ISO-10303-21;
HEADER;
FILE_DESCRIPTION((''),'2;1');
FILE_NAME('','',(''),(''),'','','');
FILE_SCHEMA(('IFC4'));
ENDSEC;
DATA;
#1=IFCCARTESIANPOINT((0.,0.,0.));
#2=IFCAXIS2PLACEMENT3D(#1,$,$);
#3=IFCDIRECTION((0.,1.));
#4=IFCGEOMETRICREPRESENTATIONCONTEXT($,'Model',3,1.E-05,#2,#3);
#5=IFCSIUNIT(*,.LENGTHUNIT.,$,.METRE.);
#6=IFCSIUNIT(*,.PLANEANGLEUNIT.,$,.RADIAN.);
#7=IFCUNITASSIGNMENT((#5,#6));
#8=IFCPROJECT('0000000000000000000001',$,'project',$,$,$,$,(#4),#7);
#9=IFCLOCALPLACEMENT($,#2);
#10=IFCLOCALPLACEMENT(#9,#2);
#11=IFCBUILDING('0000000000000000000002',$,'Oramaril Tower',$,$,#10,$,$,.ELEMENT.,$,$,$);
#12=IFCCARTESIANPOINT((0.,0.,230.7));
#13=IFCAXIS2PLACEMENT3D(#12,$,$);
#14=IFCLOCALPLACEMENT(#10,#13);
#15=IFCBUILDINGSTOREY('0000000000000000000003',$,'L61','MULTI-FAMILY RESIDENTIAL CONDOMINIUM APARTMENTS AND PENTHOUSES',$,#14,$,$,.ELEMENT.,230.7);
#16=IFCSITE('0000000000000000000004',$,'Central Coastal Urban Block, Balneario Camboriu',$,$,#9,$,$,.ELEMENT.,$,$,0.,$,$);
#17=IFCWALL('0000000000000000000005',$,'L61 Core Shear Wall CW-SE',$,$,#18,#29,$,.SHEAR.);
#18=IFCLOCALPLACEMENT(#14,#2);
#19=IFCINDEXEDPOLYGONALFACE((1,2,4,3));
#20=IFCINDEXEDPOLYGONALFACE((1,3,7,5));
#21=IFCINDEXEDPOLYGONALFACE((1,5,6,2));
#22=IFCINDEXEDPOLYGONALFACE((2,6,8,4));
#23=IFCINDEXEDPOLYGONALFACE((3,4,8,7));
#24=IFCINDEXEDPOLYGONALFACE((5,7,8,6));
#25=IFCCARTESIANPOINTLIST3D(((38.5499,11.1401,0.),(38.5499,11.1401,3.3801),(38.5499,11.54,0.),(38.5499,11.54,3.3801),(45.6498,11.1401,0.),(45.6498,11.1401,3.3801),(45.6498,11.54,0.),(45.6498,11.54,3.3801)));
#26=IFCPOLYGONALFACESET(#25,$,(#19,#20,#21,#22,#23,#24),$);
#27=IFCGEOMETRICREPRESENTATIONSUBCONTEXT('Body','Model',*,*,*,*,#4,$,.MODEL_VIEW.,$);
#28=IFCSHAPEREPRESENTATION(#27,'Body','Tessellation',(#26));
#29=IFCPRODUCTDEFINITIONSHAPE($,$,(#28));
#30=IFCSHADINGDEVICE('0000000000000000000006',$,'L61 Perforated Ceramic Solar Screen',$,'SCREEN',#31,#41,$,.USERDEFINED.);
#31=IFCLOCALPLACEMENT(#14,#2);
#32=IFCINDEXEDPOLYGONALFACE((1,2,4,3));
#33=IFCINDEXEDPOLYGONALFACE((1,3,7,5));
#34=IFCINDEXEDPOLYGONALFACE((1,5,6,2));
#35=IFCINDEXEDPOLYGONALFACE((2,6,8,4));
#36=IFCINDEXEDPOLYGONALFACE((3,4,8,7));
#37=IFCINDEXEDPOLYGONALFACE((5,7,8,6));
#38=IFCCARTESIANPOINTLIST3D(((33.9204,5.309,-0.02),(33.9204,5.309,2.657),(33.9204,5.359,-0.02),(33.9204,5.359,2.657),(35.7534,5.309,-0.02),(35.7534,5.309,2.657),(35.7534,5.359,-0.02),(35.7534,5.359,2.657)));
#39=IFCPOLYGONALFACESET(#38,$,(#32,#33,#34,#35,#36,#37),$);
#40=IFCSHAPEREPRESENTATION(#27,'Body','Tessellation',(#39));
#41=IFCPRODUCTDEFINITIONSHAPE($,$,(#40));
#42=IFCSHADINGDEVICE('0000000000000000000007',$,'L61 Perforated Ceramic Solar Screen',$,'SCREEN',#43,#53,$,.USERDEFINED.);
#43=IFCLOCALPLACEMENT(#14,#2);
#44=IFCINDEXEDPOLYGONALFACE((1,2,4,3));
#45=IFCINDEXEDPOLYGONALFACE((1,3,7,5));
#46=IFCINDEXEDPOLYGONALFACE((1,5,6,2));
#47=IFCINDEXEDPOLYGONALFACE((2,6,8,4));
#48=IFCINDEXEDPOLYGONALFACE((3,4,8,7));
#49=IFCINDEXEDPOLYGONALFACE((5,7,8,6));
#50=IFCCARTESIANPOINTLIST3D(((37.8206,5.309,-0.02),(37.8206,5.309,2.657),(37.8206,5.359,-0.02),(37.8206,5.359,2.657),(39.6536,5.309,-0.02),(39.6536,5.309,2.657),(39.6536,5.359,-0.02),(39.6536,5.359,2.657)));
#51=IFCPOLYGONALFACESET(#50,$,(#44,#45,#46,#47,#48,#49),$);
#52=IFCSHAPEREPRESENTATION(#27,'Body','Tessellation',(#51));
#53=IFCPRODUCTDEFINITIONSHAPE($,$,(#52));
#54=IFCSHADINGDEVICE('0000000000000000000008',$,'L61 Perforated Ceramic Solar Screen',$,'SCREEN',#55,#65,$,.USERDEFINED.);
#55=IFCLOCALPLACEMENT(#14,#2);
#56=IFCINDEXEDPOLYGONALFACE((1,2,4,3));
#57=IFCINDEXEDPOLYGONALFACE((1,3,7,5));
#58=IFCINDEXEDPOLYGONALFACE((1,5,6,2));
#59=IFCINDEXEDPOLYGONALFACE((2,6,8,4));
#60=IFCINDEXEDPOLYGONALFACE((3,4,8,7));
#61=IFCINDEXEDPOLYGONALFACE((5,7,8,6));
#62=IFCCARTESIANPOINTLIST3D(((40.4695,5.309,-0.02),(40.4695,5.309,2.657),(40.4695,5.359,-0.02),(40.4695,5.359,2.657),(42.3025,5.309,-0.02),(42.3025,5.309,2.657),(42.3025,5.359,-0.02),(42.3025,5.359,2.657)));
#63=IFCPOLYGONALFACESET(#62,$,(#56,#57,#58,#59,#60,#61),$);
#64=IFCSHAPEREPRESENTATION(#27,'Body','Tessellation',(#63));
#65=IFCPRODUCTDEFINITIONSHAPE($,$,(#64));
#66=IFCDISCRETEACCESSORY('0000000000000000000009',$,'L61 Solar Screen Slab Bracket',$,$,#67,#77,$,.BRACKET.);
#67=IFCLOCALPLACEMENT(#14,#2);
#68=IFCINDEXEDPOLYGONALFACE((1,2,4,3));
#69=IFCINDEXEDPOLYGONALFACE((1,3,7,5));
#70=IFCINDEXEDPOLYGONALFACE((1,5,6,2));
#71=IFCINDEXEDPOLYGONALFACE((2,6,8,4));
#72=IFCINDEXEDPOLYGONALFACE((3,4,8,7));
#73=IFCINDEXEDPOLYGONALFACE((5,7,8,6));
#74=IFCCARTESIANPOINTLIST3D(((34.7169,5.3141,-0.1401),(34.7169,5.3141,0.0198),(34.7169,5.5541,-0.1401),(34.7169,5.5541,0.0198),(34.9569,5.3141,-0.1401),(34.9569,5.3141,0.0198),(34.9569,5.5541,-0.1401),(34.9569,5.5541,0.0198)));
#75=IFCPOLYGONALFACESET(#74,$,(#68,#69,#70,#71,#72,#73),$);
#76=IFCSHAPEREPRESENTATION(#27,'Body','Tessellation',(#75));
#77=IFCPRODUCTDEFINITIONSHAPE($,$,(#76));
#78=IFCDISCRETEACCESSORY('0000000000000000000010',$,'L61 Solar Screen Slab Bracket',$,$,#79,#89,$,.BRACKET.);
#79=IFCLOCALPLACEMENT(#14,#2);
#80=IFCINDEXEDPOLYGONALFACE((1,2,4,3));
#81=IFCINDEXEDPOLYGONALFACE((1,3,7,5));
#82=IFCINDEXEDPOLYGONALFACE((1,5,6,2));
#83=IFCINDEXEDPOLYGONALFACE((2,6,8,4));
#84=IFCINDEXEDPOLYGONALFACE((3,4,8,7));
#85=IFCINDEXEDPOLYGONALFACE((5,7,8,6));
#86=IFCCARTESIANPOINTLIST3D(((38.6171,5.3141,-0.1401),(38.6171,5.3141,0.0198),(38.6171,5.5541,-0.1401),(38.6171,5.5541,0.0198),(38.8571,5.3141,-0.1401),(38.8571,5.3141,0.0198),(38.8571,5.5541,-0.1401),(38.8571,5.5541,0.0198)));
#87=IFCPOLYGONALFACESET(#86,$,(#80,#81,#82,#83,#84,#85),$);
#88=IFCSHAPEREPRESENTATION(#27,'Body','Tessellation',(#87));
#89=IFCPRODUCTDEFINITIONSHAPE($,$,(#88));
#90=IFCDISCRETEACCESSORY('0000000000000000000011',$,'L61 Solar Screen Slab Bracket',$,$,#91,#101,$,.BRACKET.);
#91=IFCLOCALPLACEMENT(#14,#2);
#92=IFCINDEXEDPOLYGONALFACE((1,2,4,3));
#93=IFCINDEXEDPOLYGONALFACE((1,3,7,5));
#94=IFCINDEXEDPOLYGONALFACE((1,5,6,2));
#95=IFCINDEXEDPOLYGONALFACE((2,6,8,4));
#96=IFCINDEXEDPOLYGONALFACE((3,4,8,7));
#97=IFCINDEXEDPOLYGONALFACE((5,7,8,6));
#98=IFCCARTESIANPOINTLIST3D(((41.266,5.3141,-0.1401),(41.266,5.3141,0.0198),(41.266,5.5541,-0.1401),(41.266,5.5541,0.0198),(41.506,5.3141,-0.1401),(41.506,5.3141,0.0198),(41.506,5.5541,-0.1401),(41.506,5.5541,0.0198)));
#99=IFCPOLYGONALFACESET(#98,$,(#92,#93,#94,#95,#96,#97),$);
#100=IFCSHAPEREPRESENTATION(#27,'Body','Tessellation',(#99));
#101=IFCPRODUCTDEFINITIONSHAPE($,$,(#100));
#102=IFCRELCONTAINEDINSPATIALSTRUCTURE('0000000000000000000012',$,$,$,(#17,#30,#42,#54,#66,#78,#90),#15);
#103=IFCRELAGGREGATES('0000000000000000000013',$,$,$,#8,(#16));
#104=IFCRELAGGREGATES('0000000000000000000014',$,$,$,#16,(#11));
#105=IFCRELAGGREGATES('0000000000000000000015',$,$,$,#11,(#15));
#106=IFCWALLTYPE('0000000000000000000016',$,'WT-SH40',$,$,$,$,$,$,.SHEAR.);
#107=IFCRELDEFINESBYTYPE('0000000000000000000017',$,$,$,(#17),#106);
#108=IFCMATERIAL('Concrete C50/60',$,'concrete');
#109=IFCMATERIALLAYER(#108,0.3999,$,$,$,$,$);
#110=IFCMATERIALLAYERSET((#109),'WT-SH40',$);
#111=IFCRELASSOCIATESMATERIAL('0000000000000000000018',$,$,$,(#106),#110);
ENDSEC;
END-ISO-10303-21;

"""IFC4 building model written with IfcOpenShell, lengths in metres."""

from ifc_helpers import new_model, si_unit, direction, frame, frame_2d, origin, origin_2d, place, context, subcontext, project, spatial, rectangle, extrude, material, layer, layer_set, type_object, element, save


model = new_model("IFC4")

# Units and contexts
model_context = context("Model", 3, precision=1e-05, world=origin(), true_north=direction((0.0, 1.0)))
body_context = subcontext(model_context, "Body", "Model", "MODEL_VIEW")
ifc_project = project(units=[si_unit("LENGTHUNIT", "METRE"), si_unit("PLANEANGLEUNIT", "RADIAN")], contexts=[model_context])

# Site, building, storey
site_placement = place(None, origin())
site = spatial("IfcSite", under=ifc_project, at=site_placement, Name="Central Coastal Urban Block, Balneario Camboriu", CompositionType="ELEMENT", RefElevation=0.0)
building_placement = place(site_placement, origin())
building = spatial("IfcBuilding", under=site, at=building_placement, Name="Oramaril Tower", CompositionType="ELEMENT")
storey_placement = place(building_placement, frame((0.0, 0.0, 230.7)))
storey = spatial("IfcBuildingStorey", under=building, at=storey_placement, Name="L61", Description="MULTI-FAMILY RESIDENTIAL CONDOMINIUM APARTMENTS AND PENTHOUSES", CompositionType="ELEMENT", Elevation=230.7)

# Wall
ifc_material_1 = material(Name="Concrete C50/60", Category="concrete")
ifc_layer_1 = layer(ifc_material_1, 0.3999)
ifc_layer_set_1 = layer_set([ifc_layer_1], Name="WT-SH40")
wall_type_1 = type_object("IfcWallType", Name="WT-SH40", PredefinedType="SHEAR", material=ifc_layer_set_1)
wall_1_placement = place(storey_placement, frame((38.55, 11.3401, 0.0), z_axis=(0.0, 0.0, 1.0), x_axis=(1.0, 0.0, 0.0)))
element("IfcWall", 1, at=wall_1_placement, inside=storey, type_object=wall_type_1, Name="L61 Core Shear Wall CW-SE", PredefinedType="SHEAR", context=body_context, shape_type="SweptSolid", body=[
    extrude(rectangle(XDim=7.0999, YDim=0.3999, at=frame_2d((3.5498, 0.0))), origin(), (0.0, 0.0, 1.0), 3.3801),
])

# Shading devices
for number, where, z_axis, x_axis, name in (
    (2, (34.8369, 5.334, -0.02), (0.0, 0.0, 1.0), (1.0, 0.0, 0.0), "L61 Perforated Ceramic Solar Screen"),
    (3, (38.7371, 5.334, -0.02), (0.0, 0.0, 1.0), (1.0, 0.0, 0.0), "L61 Perforated Ceramic Solar Screen"),
    (4, (41.386, 5.334, -0.02), (0.0, 0.0, 1.0), (1.0, 0.0, 0.0), "L61 Perforated Ceramic Solar Screen"),
):
    element("IfcShadingDevice", number, at=place(storey_placement, frame(where, z_axis=z_axis, x_axis=x_axis)), inside=storey, Name=name, ObjectType="SCREEN", PredefinedType="USERDEFINED", context=body_context, shape_type="SweptSolid", body=[
        extrude(rectangle(XDim=1.833, YDim=0.05, at=origin_2d()), origin(), (0.0, 0.0, 1.0), 2.677),
    ])

# Discrete accessories
for number, where, z_axis, x_axis, name in (
    (5, (34.8369, 5.4341, -0.1401), (0.0, 0.0, 1.0), (1.0, 0.0, 0.0), "L61 Solar Screen Slab Bracket"),
    (6, (38.7371, 5.4341, -0.1401), (0.0, 0.0, 1.0), (1.0, 0.0, 0.0), "L61 Solar Screen Slab Bracket"),
    (7, (41.386, 5.4341, -0.1401), (0.0, 0.0, 1.0), (1.0, 0.0, 0.0), "L61 Solar Screen Slab Bracket"),
):
    element("IfcDiscreteAccessory", number, at=place(storey_placement, frame(where, z_axis=z_axis, x_axis=x_axis)), inside=storey, Name=name, PredefinedType="BRACKET", context=body_context, shape_type="SweptSolid", body=[
        extrude(rectangle(XDim=0.24, YDim=0.24, at=origin_2d()), origin(), (0.0, 0.0, 1.0), 0.1599),
    ])

save(model, "model.ifc")
